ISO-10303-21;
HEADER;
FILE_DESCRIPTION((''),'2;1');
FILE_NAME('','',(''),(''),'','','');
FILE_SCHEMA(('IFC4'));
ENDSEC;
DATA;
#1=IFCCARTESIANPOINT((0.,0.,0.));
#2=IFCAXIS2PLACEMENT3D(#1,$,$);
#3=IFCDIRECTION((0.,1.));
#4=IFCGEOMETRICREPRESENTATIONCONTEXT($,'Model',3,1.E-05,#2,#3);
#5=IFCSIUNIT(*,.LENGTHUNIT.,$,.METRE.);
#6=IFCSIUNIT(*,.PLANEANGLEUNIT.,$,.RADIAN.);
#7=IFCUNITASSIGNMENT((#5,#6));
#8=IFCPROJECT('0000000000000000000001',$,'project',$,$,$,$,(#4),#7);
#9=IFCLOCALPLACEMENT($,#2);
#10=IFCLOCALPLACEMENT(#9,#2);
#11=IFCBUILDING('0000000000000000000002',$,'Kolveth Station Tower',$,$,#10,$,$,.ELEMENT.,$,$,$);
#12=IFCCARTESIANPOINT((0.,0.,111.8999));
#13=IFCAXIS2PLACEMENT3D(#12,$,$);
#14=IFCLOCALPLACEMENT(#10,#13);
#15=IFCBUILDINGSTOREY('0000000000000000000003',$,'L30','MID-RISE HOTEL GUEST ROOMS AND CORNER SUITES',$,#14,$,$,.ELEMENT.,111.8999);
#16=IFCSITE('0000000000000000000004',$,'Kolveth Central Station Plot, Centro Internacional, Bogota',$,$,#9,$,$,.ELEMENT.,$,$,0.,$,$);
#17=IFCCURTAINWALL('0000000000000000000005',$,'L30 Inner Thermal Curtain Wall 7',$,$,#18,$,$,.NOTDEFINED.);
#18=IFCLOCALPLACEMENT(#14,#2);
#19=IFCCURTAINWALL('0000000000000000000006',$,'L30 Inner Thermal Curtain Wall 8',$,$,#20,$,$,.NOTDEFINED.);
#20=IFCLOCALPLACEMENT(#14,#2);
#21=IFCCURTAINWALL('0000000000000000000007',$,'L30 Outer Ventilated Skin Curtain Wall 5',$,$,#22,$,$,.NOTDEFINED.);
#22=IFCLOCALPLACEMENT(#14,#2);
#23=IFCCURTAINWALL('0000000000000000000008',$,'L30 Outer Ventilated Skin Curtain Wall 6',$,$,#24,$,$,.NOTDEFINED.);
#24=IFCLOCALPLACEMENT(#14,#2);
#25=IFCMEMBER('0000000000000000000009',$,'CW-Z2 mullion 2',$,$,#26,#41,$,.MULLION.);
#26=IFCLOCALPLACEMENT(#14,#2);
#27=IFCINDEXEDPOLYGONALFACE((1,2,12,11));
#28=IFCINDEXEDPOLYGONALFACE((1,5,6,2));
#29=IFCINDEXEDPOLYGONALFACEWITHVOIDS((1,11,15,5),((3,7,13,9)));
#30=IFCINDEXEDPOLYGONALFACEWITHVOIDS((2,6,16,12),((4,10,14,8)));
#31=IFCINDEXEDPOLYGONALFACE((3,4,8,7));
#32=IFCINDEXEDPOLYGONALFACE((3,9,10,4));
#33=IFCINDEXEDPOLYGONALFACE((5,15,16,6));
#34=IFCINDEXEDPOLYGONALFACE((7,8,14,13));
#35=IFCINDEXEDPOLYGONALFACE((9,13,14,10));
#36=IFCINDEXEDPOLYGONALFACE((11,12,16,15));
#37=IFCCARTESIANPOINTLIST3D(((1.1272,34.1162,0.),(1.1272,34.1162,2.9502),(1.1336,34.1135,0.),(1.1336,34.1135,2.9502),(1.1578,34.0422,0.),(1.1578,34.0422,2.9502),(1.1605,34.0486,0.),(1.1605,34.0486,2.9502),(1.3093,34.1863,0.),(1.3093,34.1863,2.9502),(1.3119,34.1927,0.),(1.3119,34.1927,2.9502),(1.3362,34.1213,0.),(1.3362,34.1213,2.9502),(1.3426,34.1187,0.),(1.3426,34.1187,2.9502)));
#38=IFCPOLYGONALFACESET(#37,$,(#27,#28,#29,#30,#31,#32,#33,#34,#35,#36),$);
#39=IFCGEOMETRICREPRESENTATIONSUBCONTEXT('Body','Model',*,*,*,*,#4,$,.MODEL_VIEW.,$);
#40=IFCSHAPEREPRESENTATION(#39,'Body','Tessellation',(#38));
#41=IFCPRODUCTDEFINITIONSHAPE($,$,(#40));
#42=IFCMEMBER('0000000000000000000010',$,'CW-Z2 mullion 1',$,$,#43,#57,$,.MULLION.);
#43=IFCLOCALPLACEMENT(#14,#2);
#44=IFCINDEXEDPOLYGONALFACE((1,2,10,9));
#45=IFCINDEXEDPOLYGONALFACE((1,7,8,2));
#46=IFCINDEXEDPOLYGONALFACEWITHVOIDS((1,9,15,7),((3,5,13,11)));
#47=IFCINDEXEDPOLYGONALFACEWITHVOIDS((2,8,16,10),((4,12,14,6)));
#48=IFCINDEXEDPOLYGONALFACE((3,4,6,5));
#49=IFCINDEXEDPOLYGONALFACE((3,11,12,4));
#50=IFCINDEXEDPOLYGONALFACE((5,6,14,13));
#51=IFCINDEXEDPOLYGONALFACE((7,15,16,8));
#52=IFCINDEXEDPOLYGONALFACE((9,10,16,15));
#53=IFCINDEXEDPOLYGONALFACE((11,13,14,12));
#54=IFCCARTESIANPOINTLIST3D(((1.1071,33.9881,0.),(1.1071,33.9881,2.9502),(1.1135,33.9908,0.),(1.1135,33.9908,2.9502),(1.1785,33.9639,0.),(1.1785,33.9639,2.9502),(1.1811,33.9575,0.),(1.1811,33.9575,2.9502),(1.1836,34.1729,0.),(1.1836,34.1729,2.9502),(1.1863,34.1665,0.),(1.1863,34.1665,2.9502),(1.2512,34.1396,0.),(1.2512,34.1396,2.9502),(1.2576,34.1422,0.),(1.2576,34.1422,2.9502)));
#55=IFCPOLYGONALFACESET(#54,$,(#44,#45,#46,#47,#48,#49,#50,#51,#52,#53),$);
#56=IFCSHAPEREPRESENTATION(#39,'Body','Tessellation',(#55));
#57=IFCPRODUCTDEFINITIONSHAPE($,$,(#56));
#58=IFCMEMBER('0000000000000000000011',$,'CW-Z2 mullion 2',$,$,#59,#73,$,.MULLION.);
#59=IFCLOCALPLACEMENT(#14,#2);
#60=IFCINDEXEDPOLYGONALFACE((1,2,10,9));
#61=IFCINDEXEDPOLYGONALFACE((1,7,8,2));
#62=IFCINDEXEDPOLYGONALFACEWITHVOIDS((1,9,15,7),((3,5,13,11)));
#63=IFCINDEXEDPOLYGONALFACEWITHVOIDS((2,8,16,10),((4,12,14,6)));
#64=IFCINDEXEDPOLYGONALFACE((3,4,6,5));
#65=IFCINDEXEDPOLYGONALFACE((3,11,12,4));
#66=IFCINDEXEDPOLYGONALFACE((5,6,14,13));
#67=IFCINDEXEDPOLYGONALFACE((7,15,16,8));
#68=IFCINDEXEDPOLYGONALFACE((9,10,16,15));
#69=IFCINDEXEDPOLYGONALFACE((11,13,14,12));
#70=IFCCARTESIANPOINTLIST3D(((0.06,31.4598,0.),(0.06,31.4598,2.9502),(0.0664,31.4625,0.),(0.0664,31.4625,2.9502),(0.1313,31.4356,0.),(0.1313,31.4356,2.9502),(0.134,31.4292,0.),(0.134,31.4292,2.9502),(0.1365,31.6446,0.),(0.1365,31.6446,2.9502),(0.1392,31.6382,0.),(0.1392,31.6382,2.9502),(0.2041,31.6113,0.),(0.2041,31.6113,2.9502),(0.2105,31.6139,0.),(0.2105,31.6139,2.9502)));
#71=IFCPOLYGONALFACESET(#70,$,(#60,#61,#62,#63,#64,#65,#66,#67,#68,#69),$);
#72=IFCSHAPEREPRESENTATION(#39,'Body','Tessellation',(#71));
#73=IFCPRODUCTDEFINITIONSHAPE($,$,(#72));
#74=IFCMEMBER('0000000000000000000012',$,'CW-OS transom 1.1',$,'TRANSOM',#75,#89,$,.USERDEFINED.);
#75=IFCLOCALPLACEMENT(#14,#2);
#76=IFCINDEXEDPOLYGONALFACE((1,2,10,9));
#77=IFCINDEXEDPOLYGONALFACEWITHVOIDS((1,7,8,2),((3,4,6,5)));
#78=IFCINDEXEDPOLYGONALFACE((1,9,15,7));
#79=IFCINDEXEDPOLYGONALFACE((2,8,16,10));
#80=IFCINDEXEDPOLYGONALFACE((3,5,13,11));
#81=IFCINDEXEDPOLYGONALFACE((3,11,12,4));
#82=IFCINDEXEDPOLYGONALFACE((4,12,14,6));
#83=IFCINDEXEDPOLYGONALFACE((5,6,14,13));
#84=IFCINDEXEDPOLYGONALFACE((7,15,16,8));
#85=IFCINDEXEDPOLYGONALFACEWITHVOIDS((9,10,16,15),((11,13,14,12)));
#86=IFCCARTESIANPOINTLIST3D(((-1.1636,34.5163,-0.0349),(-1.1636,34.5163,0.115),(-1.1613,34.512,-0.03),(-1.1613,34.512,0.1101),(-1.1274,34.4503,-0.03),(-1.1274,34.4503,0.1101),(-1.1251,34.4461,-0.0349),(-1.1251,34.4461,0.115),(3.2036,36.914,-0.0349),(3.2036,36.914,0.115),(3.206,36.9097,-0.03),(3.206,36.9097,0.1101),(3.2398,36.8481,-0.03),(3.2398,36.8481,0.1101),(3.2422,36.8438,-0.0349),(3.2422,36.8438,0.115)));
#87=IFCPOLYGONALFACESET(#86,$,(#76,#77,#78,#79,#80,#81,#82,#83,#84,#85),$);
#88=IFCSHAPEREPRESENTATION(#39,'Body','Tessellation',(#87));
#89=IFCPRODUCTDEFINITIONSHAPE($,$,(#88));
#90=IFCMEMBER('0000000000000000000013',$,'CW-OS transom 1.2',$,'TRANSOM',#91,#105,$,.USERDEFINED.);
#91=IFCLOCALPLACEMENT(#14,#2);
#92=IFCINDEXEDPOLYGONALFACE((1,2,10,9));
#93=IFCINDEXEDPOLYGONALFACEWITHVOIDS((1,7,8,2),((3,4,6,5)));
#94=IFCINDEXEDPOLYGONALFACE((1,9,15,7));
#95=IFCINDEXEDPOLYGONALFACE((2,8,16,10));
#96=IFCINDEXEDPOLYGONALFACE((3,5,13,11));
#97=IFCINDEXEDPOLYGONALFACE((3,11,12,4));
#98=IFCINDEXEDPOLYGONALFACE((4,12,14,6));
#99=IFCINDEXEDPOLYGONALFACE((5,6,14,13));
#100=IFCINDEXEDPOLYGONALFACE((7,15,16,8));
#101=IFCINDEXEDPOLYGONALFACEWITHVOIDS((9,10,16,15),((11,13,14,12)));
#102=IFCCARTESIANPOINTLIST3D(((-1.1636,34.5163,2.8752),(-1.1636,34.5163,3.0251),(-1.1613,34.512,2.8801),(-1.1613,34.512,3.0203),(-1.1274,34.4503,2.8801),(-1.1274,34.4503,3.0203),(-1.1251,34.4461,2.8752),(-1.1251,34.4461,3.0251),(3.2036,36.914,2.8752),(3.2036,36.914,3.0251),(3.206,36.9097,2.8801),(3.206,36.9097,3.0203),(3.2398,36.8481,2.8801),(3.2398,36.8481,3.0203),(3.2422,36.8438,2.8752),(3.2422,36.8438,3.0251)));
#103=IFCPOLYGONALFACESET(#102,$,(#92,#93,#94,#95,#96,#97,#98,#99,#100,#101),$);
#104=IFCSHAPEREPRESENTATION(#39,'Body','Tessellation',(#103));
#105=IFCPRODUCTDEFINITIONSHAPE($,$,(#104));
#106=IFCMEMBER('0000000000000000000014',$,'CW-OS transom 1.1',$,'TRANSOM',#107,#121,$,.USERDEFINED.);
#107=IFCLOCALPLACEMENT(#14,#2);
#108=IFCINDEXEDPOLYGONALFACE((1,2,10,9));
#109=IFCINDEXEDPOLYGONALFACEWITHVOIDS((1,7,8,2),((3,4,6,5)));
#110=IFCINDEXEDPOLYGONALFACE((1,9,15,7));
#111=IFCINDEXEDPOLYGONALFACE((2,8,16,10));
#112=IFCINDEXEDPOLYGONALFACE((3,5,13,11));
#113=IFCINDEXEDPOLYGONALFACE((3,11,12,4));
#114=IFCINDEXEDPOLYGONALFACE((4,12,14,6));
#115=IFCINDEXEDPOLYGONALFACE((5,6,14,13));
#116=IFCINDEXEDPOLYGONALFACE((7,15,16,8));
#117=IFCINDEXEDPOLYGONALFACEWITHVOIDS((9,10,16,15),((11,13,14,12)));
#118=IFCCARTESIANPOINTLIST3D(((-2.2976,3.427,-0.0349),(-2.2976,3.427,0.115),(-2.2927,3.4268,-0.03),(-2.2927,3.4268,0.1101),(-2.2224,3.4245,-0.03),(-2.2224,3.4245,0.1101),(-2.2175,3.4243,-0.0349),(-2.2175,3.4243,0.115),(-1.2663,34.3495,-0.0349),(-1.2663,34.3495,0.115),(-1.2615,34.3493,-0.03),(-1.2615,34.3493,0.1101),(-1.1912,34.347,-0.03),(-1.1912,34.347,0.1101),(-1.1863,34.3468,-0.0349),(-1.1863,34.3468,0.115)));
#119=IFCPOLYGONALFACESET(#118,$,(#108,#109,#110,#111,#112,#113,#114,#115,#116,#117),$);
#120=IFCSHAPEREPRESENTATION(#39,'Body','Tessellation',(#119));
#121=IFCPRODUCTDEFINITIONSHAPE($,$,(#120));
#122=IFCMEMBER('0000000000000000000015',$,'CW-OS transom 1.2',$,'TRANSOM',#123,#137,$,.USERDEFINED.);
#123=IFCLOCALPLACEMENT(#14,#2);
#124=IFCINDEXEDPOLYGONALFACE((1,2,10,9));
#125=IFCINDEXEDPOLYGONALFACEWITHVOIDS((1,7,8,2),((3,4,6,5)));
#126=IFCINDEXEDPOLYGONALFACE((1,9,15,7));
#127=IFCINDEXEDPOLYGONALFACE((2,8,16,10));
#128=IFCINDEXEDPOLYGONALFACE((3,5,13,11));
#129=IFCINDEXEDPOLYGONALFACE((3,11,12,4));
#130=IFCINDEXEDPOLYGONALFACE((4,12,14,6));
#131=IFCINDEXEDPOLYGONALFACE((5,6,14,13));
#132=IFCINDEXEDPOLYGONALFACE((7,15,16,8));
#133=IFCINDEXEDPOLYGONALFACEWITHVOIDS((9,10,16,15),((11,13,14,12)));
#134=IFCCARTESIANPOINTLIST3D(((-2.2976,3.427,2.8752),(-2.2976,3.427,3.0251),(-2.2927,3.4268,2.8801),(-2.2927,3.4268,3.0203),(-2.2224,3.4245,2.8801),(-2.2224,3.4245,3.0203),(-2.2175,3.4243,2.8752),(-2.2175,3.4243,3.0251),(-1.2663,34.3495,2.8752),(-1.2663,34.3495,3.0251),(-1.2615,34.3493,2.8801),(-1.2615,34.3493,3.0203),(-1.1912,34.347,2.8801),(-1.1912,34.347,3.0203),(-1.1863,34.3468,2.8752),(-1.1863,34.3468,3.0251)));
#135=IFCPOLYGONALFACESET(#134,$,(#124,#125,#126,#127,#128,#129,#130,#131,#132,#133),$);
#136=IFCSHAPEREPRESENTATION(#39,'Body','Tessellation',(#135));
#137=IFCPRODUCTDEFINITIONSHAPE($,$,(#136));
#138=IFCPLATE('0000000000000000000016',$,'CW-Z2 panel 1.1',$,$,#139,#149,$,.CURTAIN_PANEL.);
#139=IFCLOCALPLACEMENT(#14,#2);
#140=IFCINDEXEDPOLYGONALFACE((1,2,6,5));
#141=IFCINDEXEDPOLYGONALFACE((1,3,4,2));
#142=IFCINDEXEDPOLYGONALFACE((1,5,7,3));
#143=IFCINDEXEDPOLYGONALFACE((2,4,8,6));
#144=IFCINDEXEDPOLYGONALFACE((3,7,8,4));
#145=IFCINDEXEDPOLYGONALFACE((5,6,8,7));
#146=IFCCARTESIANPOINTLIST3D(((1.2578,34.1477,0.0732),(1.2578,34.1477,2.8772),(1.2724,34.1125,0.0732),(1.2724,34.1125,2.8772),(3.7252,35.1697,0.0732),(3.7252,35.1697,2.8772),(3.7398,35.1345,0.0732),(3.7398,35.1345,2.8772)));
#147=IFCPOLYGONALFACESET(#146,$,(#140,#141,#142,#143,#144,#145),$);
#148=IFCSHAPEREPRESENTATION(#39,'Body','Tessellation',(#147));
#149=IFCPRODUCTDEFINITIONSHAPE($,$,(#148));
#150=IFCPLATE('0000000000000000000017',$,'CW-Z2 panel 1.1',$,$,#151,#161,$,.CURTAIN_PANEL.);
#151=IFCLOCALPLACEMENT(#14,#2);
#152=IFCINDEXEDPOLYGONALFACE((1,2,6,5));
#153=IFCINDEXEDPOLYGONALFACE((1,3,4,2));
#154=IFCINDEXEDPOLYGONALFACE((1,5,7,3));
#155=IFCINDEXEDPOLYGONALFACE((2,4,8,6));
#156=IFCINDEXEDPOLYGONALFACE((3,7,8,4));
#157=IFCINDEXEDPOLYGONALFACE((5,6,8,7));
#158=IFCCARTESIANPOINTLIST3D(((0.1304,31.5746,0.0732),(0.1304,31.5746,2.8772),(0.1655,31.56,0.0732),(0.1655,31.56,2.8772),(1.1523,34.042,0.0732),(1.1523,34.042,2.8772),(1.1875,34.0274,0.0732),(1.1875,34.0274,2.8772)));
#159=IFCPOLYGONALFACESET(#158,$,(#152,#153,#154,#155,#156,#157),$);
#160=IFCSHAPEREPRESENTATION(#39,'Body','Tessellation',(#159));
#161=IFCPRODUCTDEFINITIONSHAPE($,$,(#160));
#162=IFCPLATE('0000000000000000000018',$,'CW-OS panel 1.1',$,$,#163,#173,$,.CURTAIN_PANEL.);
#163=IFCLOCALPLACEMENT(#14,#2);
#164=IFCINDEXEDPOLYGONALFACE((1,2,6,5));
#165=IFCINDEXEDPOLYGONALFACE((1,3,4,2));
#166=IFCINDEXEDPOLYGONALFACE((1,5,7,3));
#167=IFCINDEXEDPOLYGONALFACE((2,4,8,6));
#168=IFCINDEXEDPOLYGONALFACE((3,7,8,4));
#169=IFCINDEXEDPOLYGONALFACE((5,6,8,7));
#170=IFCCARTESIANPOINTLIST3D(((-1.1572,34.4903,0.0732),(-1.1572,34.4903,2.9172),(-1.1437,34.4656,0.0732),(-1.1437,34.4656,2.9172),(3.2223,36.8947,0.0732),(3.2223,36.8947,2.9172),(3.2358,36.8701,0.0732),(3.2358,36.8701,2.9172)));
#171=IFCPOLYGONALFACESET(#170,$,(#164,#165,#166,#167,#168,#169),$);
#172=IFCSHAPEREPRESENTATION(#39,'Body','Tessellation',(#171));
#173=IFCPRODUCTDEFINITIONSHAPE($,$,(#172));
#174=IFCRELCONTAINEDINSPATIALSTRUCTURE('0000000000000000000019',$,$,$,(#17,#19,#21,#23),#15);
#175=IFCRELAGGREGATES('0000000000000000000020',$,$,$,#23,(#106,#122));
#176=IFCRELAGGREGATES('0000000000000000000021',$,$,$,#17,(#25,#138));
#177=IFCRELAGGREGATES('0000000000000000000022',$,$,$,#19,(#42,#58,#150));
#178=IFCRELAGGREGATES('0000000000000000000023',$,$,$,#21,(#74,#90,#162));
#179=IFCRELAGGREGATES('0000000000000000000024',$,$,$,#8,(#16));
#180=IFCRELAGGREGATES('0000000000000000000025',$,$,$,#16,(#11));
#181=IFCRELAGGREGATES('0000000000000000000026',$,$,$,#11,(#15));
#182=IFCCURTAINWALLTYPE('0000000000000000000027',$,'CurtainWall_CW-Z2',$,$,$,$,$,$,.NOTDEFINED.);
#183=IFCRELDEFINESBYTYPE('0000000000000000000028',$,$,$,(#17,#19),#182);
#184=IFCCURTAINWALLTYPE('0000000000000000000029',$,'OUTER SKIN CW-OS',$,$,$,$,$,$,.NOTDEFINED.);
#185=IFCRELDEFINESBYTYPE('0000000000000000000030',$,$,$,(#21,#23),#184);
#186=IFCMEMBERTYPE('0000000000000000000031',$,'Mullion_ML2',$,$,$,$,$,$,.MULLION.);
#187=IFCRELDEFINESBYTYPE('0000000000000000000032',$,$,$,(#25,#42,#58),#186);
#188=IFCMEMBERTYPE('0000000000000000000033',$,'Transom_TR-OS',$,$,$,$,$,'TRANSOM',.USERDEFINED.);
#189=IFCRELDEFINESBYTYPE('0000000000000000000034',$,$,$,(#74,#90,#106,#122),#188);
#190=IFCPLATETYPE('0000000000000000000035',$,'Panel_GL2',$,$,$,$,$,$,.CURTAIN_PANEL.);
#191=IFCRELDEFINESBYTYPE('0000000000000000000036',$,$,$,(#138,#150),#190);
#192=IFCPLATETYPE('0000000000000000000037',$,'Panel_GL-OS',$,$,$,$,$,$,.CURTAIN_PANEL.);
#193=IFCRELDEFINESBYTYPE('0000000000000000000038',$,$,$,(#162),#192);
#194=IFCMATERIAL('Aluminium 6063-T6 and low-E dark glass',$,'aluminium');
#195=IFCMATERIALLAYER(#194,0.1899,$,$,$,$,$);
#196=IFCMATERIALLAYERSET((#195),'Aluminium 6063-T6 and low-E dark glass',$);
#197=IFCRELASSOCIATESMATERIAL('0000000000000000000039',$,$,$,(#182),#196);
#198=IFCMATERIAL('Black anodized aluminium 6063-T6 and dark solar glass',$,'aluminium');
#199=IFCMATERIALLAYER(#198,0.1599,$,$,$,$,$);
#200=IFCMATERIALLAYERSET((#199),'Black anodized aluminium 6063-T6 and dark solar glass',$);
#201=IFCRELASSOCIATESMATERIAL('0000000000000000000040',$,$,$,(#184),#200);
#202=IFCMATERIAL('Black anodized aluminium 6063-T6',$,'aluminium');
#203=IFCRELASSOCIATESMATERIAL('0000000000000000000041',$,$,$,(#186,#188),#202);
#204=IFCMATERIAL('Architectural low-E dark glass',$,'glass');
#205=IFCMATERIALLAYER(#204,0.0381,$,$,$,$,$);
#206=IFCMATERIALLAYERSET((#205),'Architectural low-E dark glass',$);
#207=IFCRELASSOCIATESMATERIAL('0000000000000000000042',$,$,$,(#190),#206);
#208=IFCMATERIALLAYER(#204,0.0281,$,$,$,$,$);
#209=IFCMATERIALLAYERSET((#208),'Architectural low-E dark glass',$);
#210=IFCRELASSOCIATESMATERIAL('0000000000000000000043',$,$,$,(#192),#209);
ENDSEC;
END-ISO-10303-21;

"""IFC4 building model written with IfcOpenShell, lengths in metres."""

from ifc_helpers import new_model, si_unit, direction, frame, origin, origin_2d, place, context, subcontext, project, spatial, rectangle, hollow_rectangle, extrude, source, transform, mapped, material, layer, layer_set, material_profile, profile_set, type_object, element, aggregate, save


model = new_model("IFC4")

# Units and contexts
model_context = context("Model", 3, precision=1e-05, world=origin(), true_north=direction((0.0, 1.0)))
body_context = subcontext(model_context, "Body", "Model", "MODEL_VIEW")
ifc_project = project(units=[si_unit("LENGTHUNIT", "METRE"), si_unit("PLANEANGLEUNIT", "RADIAN")], contexts=[model_context])

# Site, building, storey
site_placement = place(None, origin())
site = spatial("IfcSite", under=ifc_project, at=site_placement, Name="Kolveth Central Station Plot, Centro Internacional, Bogota", CompositionType="ELEMENT", RefElevation=0.0)
building_placement = place(site_placement, origin())
building = spatial("IfcBuilding", under=site, at=building_placement, Name="Kolveth Station Tower", CompositionType="ELEMENT")
storey_placement = place(building_placement, frame((0.0, 0.0, 111.8999)))
storey = spatial("IfcBuildingStorey", under=building, at=storey_placement, Name="L30", Description="MID-RISE HOTEL GUEST ROOMS AND CORNER SUITES", CompositionType="ELEMENT", Elevation=111.8999)

# Curtain walls
ifc_material_1 = material(Name="Aluminium 6063-T6 and low-E dark glass", Category="aluminium")
ifc_layer_1 = layer(ifc_material_1, 0.1899)
ifc_layer_set_1 = layer_set([ifc_layer_1], Name="Aluminium 6063-T6 and low-E dark glass")
curtain_wall_type_1 = type_object("IfcCurtainWallType", Name="CurtainWall_CW-Z2", PredefinedType="NOTDEFINED", material=ifc_layer_set_1)
curtain_wall_1_placement = place(storey_placement, origin())
curtain_wall_1 = element("IfcCurtainWall", 1, at=curtain_wall_1_placement, inside=storey, type_object=curtain_wall_type_1, Name="L30 Inner Thermal Curtain Wall 7", PredefinedType="NOTDEFINED")
ifc_material_2 = material(Name="Black anodized aluminium 6063-T6", Category="aluminium")
curtain_wall_2_placement = place(storey_placement, origin())
curtain_wall_2 = element("IfcCurtainWall", 2, at=curtain_wall_2_placement, inside=storey, type_object=curtain_wall_type_1, Name="L30 Inner Thermal Curtain Wall 8", PredefinedType="NOTDEFINED")

# Shared definitions
ifc_material_3 = material(Name="Black anodized aluminium 6063-T6 and dark solar glass", Category="aluminium")
ifc_layer_2 = layer(ifc_material_3, 0.1599)
ifc_layer_set_2 = layer_set([ifc_layer_2], Name="Black anodized aluminium 6063-T6 and dark solar glass")
curtain_wall_type_2 = type_object("IfcCurtainWallType", Name="OUTER SKIN CW-OS", PredefinedType="NOTDEFINED", material=ifc_layer_set_2)

# Curtain wall
curtain_wall_3_placement = place(storey_placement, origin())
curtain_wall_3 = element("IfcCurtainWall", 3, at=curtain_wall_3_placement, inside=storey, type_object=curtain_wall_type_2, Name="L30 Outer Ventilated Skin Curtain Wall 5", PredefinedType="NOTDEFINED")

# Curtain wall
curtain_wall_4_placement = place(storey_placement, origin())
curtain_wall_4 = element("IfcCurtainWall", 4, at=curtain_wall_4_placement, inside=storey, type_object=curtain_wall_type_2, Name="L30 Outer Ventilated Skin Curtain Wall 6", PredefinedType="NOTDEFINED")
ifc_material_profile_1 = material_profile(ifc_material_2, hollow_rectangle(XDim=0.0801, YDim=0.2, WallThickness=0.0049, at=origin_2d()), Name="ALU-80x200x5")
ifc_profile_set_1 = profile_set([ifc_material_profile_1], Name="Black anodized aluminium 6063-T6")
member_type_1 = type_object("IfcMemberType", Name="Mullion_ML2", PredefinedType="MULLION", material=ifc_profile_set_1)
shared_shape_1 = source(origin(), body_context, "Body", "SweptSolid", [
    extrude(hollow_rectangle(XDim=0.0801, YDim=0.2, WallThickness=0.0049, at=origin_2d()), origin(), (0.0, 0.0, 1.0), 2.9502),
])

# Members
member_1_placement = place(storey_placement, frame((1.2349, 34.1174, 0.0), z_axis=(0.0, 0.0, 1.0), x_axis=(0.382663, -0.923888, 0.0)))
member_1 = element("IfcMember", 5, at=member_1_placement, type_object=member_type_1, Name="CW-Z2 mullion 2", PredefinedType="MULLION", context=body_context, shape_type="MappedRepresentation", body=[
    mapped(shared_shape_1, transform((0.0, 0.0, 0.0), x_axis=(1.0, 0.0, 0.0), y_axis=(0.0, 1.0, 0.0), z_axis=(0.0, 0.0, 1.0), scale=1.0)),
])
member_2_placement = place(storey_placement, frame((1.1824, 34.0652, 0.0), z_axis=(0.0, 0.0, 1.0), x_axis=(0.923888, -0.382663, 0.0)))
member_2 = element("IfcMember", 6, at=member_2_placement, type_object=member_type_1, Name="CW-Z2 mullion 1", PredefinedType="MULLION", context=body_context, shape_type="MappedRepresentation", body=[
    mapped(shared_shape_1, transform((0.0, 0.0, 0.0), x_axis=(1.0, 0.0, 0.0), y_axis=(0.0, 1.0, 0.0), z_axis=(0.0, 0.0, 1.0), scale=1.0)),
])
member_3_placement = place(storey_placement, frame((0.1353, 31.5369, 0.0), z_axis=(0.0, 0.0, 1.0), x_axis=(0.923888, -0.382663, 0.0)))
member_3 = element("IfcMember", 7, at=member_3_placement, type_object=member_type_1, Name="CW-Z2 mullion 2", PredefinedType="MULLION", context=body_context, shape_type="MappedRepresentation", body=[
    mapped(shared_shape_1, transform((0.0, 0.0, 0.0), x_axis=(1.0, 0.0, 0.0), y_axis=(0.0, 1.0, 0.0), z_axis=(0.0, 0.0, 1.0), scale=1.0)),
])
ifc_material_profile_2 = material_profile(ifc_material_2, hollow_rectangle(XDim=0.0801, YDim=0.1499, WallThickness=0.0049, at=origin_2d()), Name="ALU-80x150x5")
ifc_profile_set_2 = profile_set([ifc_material_profile_2], Name="Black anodized aluminium 6063-T6")
member_type_2 = type_object("IfcMemberType", Name="Transom_TR-OS", ElementType="TRANSOM", PredefinedType="USERDEFINED", material=ifc_profile_set_2)
shared_shape_2 = source(origin(), body_context, "Body", "SweptSolid", [
    extrude(hollow_rectangle(XDim=0.0801, YDim=0.1499, WallThickness=0.0049, at=origin_2d()), origin(), (0.0, 0.0, 1.0), 4.9822),
])
member_4_placement = place(storey_placement, frame((3.2229, 36.8789, 0.04), z_axis=(-0.876576, -0.481264, 0.0), x_axis=(0.481264, -0.876576, 0.0)))
member_4 = element("IfcMember", 8, at=member_4_placement, type_object=member_type_2, Name="CW-OS transom 1.1", ObjectType="TRANSOM", PredefinedType="USERDEFINED", context=body_context, shape_type="MappedRepresentation", body=[
    mapped(shared_shape_2, transform((0.0, 0.0, 0.0), x_axis=(1.0, 0.0, 0.0), y_axis=(0.0, 1.0, 0.0), z_axis=(0.0, 0.0, 1.0), scale=1.0)),
])
member_5_placement = place(storey_placement, frame((3.2229, 36.8789, 2.9502), z_axis=(-0.876576, -0.481264, 0.0), x_axis=(0.481264, -0.876576, 0.0)))
member_5 = element("IfcMember", 9, at=member_5_placement, type_object=member_type_2, Name="CW-OS transom 1.2", ObjectType="TRANSOM", PredefinedType="USERDEFINED", context=body_context, shape_type="MappedRepresentation", body=[
    mapped(shared_shape_2, transform((0.0, 0.0, 0.0), x_axis=(1.0, 0.0, 0.0), y_axis=(0.0, 1.0, 0.0), z_axis=(0.0, 0.0, 1.0), scale=1.0)),
])
shared_shape_3 = source(origin(), body_context, "Body", "SweptSolid", [
    extrude(hollow_rectangle(XDim=0.0801, YDim=0.1499, WallThickness=0.0049, at=origin_2d()), origin(), (0.0, 0.0, 1.0), 30.9397),
])
member_6_placement = place(storey_placement, frame((-1.2263, 34.3481, 0.04), z_axis=(-0.033331, -0.999444, 0.0), x_axis=(0.999444, -0.033331, 0.0)))
member_6 = element("IfcMember", 10, at=member_6_placement, type_object=member_type_2, Name="CW-OS transom 1.1", ObjectType="TRANSOM", PredefinedType="USERDEFINED", context=body_context, shape_type="MappedRepresentation", body=[
    mapped(shared_shape_3, transform((0.0, 0.0, 0.0), x_axis=(1.0, 0.0, 0.0), y_axis=(0.0, 1.0, 0.0), z_axis=(0.0, 0.0, 1.0), scale=1.0)),
])
member_7_placement = place(storey_placement, frame((-1.2263, 34.3481, 2.9502), z_axis=(-0.033331, -0.999444, 0.0), x_axis=(0.999444, -0.033331, 0.0)))
member_7 = element("IfcMember", 11, at=member_7_placement, type_object=member_type_2, Name="CW-OS transom 1.2", ObjectType="TRANSOM", PredefinedType="USERDEFINED", context=body_context, shape_type="MappedRepresentation", body=[
    mapped(shared_shape_3, transform((0.0, 0.0, 0.0), x_axis=(1.0, 0.0, 0.0), y_axis=(0.0, 1.0, 0.0), z_axis=(0.0, 0.0, 1.0), scale=1.0)),
])
aggregate(curtain_wall_4, [member_6, member_7])

# Plates
ifc_material_4 = material(Name="Architectural low-E dark glass", Category="glass")
ifc_layer_3 = layer(ifc_material_4, 0.0381)
ifc_layer_set_3 = layer_set([ifc_layer_3], Name="Architectural low-E dark glass")
plate_type_1 = type_object("IfcPlateType", Name="Panel_GL2", PredefinedType="CURTAIN_PANEL", material=ifc_layer_set_3)
shared_shape_4 = source(origin(), body_context, "Body", "SweptSolid", [
    extrude(rectangle(XDim=2.6707, YDim=0.0381, at=origin_2d()), origin(), (0.0, 0.0, 1.0), 2.804),
])
plate_1_placement = place(storey_placement, frame((2.4988, 34.6411, 0.0732), z_axis=(0.0, 0.0, 1.0), x_axis=(-0.923888, -0.382663, 0.0)))
plate_1 = element("IfcPlate", 12, at=plate_1_placement, type_object=plate_type_1, Name="CW-Z2 panel 1.1", PredefinedType="CURTAIN_PANEL", context=body_context, shape_type="MappedRepresentation", body=[
    mapped(shared_shape_4, transform((0.0, 0.0, 0.0), x_axis=(1.0, 0.0, 0.0), y_axis=(0.0, 1.0, 0.0), z_axis=(0.0, 0.0, 1.0), scale=1.0)),
])
aggregate(curtain_wall_1, [member_1, plate_1])
plate_2_placement = place(storey_placement, frame((0.6589, 32.801, 0.0732), z_axis=(0.0, 0.0, 1.0), x_axis=(-0.382663, -0.923888, 0.0)))
plate_2 = element("IfcPlate", 13, at=plate_2_placement, type_object=plate_type_1, Name="CW-Z2 panel 1.1", PredefinedType="CURTAIN_PANEL", context=body_context, shape_type="MappedRepresentation", body=[
    mapped(shared_shape_4, transform((0.0, 0.0, 0.0), x_axis=(1.0, 0.0, 0.0), y_axis=(0.0, 1.0, 0.0), z_axis=(0.0, 0.0, 1.0), scale=1.0)),
])
aggregate(curtain_wall_2, [member_2, member_3, plate_2])
ifc_layer_4 = layer(ifc_material_4, 0.0281)
ifc_layer_set_4 = layer_set([ifc_layer_4], Name="Architectural low-E dark glass")
plate_type_2 = type_object("IfcPlateType", Name="Panel_GL-OS", PredefinedType="CURTAIN_PANEL", material=ifc_layer_set_4)
shared_shape_5 = source(origin(), body_context, "Body", "SweptSolid", [
    extrude(rectangle(XDim=4.9961, YDim=0.0281, at=origin_2d()), origin(), (0.0, 0.0, 1.0), 2.844),
])
plate_3_placement = place(storey_placement, frame((1.0393, 35.6802, 0.0732), z_axis=(0.0, 0.0, 1.0), x_axis=(-0.876575, -0.481265, 0.0)))
plate_3 = element("IfcPlate", 14, at=plate_3_placement, type_object=plate_type_2, Name="CW-OS panel 1.1", PredefinedType="CURTAIN_PANEL", context=body_context, shape_type="MappedRepresentation", body=[
    mapped(shared_shape_5, transform((0.0, 0.0, 0.0), x_axis=(1.0, 0.0, 0.0), y_axis=(0.0, 1.0, 0.0), z_axis=(0.0, 0.0, 1.0), scale=1.0)),
])
aggregate(curtain_wall_3, [member_4, member_5, plate_3])

save(model, "model.ifc")
